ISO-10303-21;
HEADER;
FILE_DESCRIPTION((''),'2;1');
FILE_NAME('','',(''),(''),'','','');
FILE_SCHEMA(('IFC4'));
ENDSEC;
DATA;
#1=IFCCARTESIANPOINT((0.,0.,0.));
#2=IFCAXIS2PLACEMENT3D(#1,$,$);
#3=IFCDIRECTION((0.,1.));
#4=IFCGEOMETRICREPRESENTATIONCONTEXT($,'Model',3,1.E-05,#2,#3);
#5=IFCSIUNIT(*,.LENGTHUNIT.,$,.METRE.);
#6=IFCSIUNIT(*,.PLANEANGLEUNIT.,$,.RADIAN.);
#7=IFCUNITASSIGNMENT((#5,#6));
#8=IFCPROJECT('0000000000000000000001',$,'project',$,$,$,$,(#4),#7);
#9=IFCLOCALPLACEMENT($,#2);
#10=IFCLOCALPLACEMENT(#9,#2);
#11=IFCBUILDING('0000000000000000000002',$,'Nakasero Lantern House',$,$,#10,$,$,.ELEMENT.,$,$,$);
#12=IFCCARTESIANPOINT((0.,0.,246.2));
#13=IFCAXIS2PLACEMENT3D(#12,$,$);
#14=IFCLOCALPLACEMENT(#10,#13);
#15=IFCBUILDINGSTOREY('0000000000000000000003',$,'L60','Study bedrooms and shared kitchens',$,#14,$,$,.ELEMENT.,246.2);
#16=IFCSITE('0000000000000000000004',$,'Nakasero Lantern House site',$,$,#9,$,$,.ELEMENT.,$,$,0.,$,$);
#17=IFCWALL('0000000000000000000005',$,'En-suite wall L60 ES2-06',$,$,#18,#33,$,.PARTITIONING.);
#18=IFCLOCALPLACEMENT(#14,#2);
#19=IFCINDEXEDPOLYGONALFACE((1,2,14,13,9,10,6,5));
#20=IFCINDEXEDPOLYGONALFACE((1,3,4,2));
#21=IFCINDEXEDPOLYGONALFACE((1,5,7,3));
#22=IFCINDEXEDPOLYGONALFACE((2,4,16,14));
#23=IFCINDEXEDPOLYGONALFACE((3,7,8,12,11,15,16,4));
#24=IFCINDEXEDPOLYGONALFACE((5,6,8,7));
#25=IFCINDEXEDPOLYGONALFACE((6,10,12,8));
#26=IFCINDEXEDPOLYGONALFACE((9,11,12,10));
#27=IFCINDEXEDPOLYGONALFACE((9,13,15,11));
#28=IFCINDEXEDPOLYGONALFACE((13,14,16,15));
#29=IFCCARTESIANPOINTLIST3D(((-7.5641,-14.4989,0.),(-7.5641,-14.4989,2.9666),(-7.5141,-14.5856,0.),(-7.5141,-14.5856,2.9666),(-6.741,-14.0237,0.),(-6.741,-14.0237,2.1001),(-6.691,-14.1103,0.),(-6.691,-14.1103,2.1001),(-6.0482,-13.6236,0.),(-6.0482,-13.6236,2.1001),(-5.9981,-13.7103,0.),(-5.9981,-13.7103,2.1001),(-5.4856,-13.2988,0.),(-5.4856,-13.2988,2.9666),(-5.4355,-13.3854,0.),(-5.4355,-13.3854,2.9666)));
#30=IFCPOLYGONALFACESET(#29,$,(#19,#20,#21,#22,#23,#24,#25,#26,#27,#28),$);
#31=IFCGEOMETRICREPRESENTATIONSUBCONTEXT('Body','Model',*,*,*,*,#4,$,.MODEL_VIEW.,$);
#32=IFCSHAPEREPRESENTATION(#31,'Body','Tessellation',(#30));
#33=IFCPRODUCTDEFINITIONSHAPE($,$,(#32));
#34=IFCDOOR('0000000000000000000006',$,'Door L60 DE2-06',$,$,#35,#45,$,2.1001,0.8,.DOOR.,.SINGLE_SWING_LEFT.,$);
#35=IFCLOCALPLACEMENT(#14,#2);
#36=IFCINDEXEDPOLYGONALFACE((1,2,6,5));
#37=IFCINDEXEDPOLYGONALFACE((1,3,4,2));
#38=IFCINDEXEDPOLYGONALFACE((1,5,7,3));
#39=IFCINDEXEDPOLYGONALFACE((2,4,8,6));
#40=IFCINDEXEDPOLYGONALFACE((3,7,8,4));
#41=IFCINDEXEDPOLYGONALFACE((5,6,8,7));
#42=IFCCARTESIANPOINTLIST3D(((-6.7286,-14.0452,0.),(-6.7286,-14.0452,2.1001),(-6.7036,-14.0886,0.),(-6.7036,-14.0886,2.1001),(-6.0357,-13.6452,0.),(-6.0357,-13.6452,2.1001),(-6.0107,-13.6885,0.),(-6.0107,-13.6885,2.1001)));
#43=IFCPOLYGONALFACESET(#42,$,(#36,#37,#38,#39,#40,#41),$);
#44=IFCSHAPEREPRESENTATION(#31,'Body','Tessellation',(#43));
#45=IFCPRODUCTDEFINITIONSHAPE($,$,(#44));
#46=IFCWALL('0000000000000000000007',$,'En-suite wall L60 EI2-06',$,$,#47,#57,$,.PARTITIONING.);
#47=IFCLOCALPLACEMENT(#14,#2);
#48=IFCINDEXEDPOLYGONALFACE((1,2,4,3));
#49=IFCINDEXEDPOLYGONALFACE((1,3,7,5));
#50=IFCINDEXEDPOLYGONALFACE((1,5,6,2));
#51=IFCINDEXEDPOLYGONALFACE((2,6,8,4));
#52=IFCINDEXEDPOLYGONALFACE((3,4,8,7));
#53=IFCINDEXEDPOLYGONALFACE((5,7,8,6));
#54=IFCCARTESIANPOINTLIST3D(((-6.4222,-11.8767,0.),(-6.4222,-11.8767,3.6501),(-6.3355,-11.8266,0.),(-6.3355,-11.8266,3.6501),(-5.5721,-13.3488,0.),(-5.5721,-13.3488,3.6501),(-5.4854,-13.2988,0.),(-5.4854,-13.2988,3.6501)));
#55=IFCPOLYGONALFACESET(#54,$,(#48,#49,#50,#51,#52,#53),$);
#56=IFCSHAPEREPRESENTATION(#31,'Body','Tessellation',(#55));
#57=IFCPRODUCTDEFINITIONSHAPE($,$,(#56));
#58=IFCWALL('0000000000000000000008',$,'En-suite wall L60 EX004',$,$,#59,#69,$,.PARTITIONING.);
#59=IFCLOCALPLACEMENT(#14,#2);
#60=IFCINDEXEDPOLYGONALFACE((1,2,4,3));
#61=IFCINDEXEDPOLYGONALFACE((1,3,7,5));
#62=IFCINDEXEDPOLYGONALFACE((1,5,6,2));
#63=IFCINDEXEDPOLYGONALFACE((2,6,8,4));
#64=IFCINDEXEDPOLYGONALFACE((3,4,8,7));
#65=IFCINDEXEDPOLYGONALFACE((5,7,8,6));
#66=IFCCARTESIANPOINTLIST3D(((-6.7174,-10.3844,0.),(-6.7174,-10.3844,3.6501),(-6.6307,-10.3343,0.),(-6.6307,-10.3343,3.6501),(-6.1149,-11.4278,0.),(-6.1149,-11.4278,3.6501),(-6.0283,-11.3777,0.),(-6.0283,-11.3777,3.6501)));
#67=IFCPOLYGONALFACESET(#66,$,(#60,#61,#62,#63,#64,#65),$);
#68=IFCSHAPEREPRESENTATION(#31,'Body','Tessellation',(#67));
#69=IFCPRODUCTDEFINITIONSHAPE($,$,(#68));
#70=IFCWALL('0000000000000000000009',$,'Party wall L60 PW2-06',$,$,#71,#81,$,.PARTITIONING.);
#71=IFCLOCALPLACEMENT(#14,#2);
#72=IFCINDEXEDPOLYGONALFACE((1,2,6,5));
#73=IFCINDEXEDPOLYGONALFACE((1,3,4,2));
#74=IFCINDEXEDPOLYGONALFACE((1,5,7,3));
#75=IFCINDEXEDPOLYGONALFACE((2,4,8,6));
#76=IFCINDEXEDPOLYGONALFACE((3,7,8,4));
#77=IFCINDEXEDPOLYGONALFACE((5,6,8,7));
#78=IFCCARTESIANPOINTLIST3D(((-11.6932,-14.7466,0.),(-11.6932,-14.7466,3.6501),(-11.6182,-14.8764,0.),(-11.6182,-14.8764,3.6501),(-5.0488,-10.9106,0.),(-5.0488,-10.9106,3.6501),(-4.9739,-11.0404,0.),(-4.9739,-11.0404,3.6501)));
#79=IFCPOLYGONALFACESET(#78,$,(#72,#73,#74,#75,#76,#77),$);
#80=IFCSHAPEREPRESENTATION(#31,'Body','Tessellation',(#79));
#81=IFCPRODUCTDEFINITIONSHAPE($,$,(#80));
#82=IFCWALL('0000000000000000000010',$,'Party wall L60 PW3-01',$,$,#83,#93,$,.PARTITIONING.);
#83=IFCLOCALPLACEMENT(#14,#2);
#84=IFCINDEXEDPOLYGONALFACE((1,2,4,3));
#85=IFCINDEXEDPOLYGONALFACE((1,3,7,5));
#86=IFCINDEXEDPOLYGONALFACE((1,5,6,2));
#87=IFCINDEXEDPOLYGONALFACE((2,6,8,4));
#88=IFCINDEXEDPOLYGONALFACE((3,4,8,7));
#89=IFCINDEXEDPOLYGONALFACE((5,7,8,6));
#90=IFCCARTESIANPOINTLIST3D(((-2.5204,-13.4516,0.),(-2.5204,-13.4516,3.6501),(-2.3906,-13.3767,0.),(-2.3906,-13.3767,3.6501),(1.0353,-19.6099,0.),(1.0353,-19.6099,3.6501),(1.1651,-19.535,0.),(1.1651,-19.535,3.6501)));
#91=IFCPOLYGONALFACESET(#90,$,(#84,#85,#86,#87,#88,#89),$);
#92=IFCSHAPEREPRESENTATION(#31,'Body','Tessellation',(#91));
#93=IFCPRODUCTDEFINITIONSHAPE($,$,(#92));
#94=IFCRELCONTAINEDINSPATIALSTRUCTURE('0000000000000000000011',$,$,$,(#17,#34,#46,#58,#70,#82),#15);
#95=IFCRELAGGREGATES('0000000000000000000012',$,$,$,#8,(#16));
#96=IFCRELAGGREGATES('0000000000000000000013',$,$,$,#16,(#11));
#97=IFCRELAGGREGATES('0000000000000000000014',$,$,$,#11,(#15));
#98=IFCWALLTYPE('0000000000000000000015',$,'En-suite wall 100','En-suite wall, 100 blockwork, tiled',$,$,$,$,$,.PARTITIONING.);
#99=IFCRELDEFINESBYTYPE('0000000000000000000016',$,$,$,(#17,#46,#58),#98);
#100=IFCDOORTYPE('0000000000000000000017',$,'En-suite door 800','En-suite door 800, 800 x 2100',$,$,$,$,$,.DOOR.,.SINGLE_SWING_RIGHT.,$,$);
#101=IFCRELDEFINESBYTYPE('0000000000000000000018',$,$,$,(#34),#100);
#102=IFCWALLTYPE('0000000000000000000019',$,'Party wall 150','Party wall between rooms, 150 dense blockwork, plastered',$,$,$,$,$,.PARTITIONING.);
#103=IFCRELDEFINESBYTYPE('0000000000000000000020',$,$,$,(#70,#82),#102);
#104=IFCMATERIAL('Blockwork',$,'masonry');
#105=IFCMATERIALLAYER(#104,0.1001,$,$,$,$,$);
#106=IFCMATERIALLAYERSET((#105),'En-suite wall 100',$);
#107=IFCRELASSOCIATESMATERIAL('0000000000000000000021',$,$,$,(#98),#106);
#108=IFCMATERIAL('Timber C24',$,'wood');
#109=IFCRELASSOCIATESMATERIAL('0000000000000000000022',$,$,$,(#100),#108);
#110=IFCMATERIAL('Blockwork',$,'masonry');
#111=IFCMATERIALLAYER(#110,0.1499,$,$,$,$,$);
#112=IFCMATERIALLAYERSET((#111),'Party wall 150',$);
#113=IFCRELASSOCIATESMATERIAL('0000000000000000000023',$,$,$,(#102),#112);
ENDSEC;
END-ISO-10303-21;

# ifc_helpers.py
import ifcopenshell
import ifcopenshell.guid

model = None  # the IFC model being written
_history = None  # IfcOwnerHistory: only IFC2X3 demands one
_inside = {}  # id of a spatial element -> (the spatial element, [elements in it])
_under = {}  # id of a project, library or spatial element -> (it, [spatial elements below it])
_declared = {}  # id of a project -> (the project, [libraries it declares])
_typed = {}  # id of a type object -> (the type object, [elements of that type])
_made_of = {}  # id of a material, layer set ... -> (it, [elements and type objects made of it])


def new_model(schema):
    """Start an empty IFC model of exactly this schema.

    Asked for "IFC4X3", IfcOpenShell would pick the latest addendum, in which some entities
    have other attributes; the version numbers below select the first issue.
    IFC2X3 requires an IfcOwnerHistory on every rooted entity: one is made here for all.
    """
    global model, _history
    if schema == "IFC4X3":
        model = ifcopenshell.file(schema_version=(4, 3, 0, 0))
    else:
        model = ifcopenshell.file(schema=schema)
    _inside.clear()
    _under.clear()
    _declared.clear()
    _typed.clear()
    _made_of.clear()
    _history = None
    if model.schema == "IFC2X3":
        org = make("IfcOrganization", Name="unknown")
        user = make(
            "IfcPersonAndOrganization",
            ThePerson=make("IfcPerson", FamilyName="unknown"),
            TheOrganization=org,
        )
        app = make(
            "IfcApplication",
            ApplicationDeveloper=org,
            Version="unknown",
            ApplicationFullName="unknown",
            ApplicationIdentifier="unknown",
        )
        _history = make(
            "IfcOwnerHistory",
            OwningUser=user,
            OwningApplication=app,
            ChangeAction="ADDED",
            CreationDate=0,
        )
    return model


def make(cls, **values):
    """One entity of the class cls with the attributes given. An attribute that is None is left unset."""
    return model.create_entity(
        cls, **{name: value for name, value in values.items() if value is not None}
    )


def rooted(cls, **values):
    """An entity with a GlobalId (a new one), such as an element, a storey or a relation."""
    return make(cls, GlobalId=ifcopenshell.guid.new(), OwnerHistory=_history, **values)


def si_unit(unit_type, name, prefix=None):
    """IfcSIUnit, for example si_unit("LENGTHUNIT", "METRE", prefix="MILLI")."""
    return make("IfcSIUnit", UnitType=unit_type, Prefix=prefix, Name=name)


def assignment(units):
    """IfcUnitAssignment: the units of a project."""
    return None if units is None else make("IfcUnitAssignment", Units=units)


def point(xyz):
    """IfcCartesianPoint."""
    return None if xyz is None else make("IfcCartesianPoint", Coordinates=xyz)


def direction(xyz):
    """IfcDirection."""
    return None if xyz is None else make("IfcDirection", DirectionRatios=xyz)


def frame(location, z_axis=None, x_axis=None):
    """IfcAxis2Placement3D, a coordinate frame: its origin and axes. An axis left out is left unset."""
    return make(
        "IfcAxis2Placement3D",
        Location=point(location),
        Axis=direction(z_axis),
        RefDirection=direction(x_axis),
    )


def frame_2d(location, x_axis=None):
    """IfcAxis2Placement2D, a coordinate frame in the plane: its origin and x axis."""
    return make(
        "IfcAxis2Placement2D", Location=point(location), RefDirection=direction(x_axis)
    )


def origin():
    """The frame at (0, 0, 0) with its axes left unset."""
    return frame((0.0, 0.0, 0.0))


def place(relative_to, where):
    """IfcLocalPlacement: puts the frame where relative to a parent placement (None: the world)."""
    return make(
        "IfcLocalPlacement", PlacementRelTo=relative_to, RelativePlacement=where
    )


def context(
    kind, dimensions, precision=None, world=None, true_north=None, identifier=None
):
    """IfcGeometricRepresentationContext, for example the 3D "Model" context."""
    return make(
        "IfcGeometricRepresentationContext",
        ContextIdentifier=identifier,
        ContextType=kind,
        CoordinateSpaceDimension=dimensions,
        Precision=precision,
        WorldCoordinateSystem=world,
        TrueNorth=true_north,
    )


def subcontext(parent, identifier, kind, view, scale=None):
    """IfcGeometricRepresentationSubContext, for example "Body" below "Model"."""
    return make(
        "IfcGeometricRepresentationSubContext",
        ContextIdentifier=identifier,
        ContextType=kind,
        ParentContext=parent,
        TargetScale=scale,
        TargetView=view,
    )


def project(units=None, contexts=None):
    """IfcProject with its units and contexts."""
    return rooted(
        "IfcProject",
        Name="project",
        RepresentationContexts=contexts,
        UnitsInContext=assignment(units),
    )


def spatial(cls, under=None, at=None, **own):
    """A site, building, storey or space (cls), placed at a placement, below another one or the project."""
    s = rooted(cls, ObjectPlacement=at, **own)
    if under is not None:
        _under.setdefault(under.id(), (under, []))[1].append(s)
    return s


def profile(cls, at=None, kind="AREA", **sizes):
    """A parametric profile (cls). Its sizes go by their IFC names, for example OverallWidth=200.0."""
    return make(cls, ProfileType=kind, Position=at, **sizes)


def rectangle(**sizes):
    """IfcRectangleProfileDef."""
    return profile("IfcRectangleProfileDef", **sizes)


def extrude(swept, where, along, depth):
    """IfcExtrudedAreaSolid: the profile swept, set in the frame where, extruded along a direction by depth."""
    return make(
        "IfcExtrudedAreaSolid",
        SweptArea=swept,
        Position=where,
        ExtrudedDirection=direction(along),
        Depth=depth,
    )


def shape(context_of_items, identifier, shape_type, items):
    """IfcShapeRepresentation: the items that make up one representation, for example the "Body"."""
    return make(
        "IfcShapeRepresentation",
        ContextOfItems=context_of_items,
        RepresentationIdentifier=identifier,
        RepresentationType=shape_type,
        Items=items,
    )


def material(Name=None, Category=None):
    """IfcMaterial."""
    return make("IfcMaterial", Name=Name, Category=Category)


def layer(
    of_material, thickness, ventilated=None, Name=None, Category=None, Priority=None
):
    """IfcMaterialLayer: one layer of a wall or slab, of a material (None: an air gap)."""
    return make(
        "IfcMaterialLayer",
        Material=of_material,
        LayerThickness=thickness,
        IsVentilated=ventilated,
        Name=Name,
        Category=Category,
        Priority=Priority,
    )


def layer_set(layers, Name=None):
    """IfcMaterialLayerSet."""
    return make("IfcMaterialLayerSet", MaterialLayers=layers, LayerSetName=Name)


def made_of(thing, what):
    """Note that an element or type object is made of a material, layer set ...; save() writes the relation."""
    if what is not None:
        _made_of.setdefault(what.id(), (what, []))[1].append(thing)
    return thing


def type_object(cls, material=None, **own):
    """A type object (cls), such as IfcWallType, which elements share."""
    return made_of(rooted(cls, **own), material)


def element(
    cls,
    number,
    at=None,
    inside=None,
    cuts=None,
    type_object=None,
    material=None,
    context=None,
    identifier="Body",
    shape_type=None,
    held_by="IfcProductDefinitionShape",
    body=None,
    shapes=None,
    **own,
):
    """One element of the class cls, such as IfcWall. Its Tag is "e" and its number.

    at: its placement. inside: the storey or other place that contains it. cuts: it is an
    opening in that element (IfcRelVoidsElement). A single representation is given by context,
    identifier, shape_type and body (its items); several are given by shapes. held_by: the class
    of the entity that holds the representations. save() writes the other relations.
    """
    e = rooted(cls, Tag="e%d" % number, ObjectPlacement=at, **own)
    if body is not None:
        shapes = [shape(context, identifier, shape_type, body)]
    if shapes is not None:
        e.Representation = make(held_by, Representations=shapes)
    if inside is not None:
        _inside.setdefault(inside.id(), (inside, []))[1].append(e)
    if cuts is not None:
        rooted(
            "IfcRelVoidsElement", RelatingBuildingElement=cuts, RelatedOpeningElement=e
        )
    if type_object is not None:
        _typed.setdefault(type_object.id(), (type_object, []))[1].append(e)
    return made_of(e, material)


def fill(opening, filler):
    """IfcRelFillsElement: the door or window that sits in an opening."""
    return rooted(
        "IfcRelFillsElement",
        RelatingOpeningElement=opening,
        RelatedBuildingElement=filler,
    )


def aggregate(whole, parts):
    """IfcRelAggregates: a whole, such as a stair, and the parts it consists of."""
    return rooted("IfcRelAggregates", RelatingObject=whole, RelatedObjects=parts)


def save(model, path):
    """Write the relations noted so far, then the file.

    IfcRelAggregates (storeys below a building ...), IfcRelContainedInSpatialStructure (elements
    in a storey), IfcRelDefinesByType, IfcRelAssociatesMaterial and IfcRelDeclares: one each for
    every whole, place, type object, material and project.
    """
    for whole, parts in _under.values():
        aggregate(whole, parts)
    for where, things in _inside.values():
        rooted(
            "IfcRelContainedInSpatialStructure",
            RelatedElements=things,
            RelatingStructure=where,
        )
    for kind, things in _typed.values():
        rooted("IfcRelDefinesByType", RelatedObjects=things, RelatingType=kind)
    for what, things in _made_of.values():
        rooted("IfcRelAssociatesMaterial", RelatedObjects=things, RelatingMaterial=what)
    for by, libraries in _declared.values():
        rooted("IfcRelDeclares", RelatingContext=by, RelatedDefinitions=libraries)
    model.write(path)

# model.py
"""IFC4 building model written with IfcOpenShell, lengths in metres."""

from ifc_helpers import new_model, si_unit, direction, frame, frame_2d, origin, place, context, subcontext, project, spatial, rectangle, extrude, material, layer, layer_set, type_object, element, fill, save


model = new_model("IFC4")

# Units and contexts
model_context = context("Model", 3, precision=1e-05, world=origin(), true_north=direction((0.0, 1.0)))
body_context = subcontext(model_context, "Body", "Model", "MODEL_VIEW")
ifc_project = project(units=[si_unit("LENGTHUNIT", "METRE"), si_unit("PLANEANGLEUNIT", "RADIAN")], contexts=[model_context])

# Site, building, storey
site_placement = place(None, origin())
site = spatial("IfcSite", under=ifc_project, at=site_placement, Name="Nakasero Lantern House site", CompositionType="ELEMENT", RefElevation=0.0)
building_placement = place(site_placement, origin())
building = spatial("IfcBuilding", under=site, at=building_placement, Name="Nakasero Lantern House", CompositionType="ELEMENT")
storey_placement = place(building_placement, frame((0.0, 0.0, 246.2)))
storey = spatial("IfcBuildingStorey", under=building, at=storey_placement, Name="L60", Description="Study bedrooms and shared kitchens", CompositionType="ELEMENT", Elevation=246.2)

# Wall, opening, door
ifc_material_1 = material(Name="Blockwork", Category="masonry")
ifc_layer_1 = layer(ifc_material_1, 0.1001)
ifc_layer_set_1 = layer_set([ifc_layer_1], Name="En-suite wall 100")
wall_type_1 = type_object("IfcWallType", Name="En-suite wall 100", Description="En-suite wall, 100 blockwork, tiled", PredefinedType="PARTITIONING", material=ifc_layer_set_1)
wall_1_placement = place(storey_placement, frame((-5.4604, -13.342, 0.0), z_axis=(0.0, 0.0, 1.0), x_axis=(-0.866006, -0.500034, 0.0)))
wall_1 = element("IfcWall", 1, at=wall_1_placement, inside=storey, type_object=wall_type_1, Name="En-suite wall L60 ES2-06", PredefinedType="PARTITIONING", context=body_context, shape_type="SweptSolid", body=[
    extrude(rectangle(XDim=2.4001, YDim=0.1001, at=frame_2d((1.2002, 0.0))), origin(), (0.0, 0.0, 1.0), 2.9666),
])
opening_1_placement = place(wall_1_placement, frame((0.6499, 0.0, 0.0)))
opening_1 = element("IfcOpeningElement", 2, at=opening_1_placement, cuts=wall_1, PredefinedType="OPENING", context=body_context, shape_type="SweptSolid", body=[
    extrude(rectangle(XDim=0.8, YDim=2.1001, at=frame_2d((0.3999, 1.05))), frame((0.0, 0.0701, 0.0), z_axis=(0.0, -1.0, 0.0), x_axis=(1.0, 0.0, 0.0)), (0.0, 0.0, 1.0), 0.1401),
])
ifc_material_2 = material(Name="Timber C24", Category="wood")
door_type_1 = type_object("IfcDoorType", Name="En-suite door 800", Description="En-suite door 800, 800 x 2100", OperationType="SINGLE_SWING_RIGHT", PredefinedType="DOOR", material=ifc_material_2)
door_1_placement = place(opening_1_placement, origin())
door_1 = element("IfcDoor", 3, at=door_1_placement, inside=storey, type_object=door_type_1, Name="Door L60 DE2-06", OperationType="SINGLE_SWING_LEFT", OverallHeight=2.1001, OverallWidth=0.8, PredefinedType="DOOR", context=body_context, shape_type="SweptSolid", body=[
    extrude(rectangle(XDim=0.8, YDim=2.1001, at=frame_2d((0.3999, 1.05))), frame((0.0, 0.0249, 0.0), z_axis=(0.0, -1.0, 0.0), x_axis=(1.0, 0.0, 0.0)), (0.0, 0.0, 1.0), 0.05),
])
fill(opening_1, door_1)

# Walls
wall_2_placement = place(storey_placement, frame((-6.3789, -11.8516, 0.0), z_axis=(0.0, 0.0, 1.0), x_axis=(0.500062, -0.865989, 0.0)))
element("IfcWall", 4, at=wall_2_placement, inside=storey, type_object=wall_type_1, Name="En-suite wall L60 EI2-06", PredefinedType="PARTITIONING", context=body_context, shape_type="SweptSolid", body=[
    extrude(rectangle(XDim=1.7, YDim=0.1001, at=frame_2d((0.8501, 0.0))), origin(), (0.0, 0.0, 1.0), 3.6501),
])
wall_3_placement = place(storey_placement, frame((-6.0715, -11.4028, 0.0), z_axis=(0.0, 0.0, 1.0), x_axis=(-0.500062, 0.86599, 0.0)))
element("IfcWall", 5, at=wall_3_placement, inside=storey, type_object=wall_type_1, Name="En-suite wall L60 EX004", PredefinedType="PARTITIONING", context=body_context, shape_type="SweptSolid", body=[
    extrude(rectangle(XDim=1.2048, YDim=0.1001, at=frame_2d((0.6025, 0.0))), origin(), (0.0, 0.0, 1.0), 3.6501),
])
ifc_material_3 = material(Name="Blockwork", Category="masonry")
ifc_layer_2 = layer(ifc_material_3, 0.1499)
ifc_layer_set_2 = layer_set([ifc_layer_2], Name="Party wall 150")
wall_type_2 = type_object("IfcWallType", Name="Party wall 150", Description="Party wall between rooms, 150 dense blockwork, plastered", PredefinedType="PARTITIONING", material=ifc_layer_set_2)
wall_4_placement = place(storey_placement, frame((-5.0115, -10.9756, 0.0), z_axis=(0.0, 0.0, 1.0), x_axis=(-0.866034, -0.499986, 0.0)))
element("IfcWall", 6, at=wall_4_placement, inside=storey, type_object=wall_type_2, Name="Party wall L60 PW2-06", PredefinedType="PARTITIONING", context=body_context, shape_type="SweptSolid", body=[
    extrude(rectangle(XDim=7.6721, YDim=0.1499, at=frame_2d((3.8359, 0.0))), origin(), (0.0, 0.0, 1.0), 3.6501),
])
wall_5_placement = place(storey_placement, frame((-2.4556, -13.4141, 0.0), z_axis=(0.0, 0.0, 1.0), x_axis=(0.500024, -0.866012, 0.0)))
element("IfcWall", 7, at=wall_5_placement, inside=storey, type_object=wall_type_2, Name="Party wall L60 PW3-01", PredefinedType="PARTITIONING", context=body_context, shape_type="SweptSolid", body=[
    extrude(rectangle(XDim=7.1111, YDim=0.1499, at=frame_2d((3.5557, 0.0))), origin(), (0.0, 0.0, 1.0), 3.6501),
])

save(model, "model.ifc")
